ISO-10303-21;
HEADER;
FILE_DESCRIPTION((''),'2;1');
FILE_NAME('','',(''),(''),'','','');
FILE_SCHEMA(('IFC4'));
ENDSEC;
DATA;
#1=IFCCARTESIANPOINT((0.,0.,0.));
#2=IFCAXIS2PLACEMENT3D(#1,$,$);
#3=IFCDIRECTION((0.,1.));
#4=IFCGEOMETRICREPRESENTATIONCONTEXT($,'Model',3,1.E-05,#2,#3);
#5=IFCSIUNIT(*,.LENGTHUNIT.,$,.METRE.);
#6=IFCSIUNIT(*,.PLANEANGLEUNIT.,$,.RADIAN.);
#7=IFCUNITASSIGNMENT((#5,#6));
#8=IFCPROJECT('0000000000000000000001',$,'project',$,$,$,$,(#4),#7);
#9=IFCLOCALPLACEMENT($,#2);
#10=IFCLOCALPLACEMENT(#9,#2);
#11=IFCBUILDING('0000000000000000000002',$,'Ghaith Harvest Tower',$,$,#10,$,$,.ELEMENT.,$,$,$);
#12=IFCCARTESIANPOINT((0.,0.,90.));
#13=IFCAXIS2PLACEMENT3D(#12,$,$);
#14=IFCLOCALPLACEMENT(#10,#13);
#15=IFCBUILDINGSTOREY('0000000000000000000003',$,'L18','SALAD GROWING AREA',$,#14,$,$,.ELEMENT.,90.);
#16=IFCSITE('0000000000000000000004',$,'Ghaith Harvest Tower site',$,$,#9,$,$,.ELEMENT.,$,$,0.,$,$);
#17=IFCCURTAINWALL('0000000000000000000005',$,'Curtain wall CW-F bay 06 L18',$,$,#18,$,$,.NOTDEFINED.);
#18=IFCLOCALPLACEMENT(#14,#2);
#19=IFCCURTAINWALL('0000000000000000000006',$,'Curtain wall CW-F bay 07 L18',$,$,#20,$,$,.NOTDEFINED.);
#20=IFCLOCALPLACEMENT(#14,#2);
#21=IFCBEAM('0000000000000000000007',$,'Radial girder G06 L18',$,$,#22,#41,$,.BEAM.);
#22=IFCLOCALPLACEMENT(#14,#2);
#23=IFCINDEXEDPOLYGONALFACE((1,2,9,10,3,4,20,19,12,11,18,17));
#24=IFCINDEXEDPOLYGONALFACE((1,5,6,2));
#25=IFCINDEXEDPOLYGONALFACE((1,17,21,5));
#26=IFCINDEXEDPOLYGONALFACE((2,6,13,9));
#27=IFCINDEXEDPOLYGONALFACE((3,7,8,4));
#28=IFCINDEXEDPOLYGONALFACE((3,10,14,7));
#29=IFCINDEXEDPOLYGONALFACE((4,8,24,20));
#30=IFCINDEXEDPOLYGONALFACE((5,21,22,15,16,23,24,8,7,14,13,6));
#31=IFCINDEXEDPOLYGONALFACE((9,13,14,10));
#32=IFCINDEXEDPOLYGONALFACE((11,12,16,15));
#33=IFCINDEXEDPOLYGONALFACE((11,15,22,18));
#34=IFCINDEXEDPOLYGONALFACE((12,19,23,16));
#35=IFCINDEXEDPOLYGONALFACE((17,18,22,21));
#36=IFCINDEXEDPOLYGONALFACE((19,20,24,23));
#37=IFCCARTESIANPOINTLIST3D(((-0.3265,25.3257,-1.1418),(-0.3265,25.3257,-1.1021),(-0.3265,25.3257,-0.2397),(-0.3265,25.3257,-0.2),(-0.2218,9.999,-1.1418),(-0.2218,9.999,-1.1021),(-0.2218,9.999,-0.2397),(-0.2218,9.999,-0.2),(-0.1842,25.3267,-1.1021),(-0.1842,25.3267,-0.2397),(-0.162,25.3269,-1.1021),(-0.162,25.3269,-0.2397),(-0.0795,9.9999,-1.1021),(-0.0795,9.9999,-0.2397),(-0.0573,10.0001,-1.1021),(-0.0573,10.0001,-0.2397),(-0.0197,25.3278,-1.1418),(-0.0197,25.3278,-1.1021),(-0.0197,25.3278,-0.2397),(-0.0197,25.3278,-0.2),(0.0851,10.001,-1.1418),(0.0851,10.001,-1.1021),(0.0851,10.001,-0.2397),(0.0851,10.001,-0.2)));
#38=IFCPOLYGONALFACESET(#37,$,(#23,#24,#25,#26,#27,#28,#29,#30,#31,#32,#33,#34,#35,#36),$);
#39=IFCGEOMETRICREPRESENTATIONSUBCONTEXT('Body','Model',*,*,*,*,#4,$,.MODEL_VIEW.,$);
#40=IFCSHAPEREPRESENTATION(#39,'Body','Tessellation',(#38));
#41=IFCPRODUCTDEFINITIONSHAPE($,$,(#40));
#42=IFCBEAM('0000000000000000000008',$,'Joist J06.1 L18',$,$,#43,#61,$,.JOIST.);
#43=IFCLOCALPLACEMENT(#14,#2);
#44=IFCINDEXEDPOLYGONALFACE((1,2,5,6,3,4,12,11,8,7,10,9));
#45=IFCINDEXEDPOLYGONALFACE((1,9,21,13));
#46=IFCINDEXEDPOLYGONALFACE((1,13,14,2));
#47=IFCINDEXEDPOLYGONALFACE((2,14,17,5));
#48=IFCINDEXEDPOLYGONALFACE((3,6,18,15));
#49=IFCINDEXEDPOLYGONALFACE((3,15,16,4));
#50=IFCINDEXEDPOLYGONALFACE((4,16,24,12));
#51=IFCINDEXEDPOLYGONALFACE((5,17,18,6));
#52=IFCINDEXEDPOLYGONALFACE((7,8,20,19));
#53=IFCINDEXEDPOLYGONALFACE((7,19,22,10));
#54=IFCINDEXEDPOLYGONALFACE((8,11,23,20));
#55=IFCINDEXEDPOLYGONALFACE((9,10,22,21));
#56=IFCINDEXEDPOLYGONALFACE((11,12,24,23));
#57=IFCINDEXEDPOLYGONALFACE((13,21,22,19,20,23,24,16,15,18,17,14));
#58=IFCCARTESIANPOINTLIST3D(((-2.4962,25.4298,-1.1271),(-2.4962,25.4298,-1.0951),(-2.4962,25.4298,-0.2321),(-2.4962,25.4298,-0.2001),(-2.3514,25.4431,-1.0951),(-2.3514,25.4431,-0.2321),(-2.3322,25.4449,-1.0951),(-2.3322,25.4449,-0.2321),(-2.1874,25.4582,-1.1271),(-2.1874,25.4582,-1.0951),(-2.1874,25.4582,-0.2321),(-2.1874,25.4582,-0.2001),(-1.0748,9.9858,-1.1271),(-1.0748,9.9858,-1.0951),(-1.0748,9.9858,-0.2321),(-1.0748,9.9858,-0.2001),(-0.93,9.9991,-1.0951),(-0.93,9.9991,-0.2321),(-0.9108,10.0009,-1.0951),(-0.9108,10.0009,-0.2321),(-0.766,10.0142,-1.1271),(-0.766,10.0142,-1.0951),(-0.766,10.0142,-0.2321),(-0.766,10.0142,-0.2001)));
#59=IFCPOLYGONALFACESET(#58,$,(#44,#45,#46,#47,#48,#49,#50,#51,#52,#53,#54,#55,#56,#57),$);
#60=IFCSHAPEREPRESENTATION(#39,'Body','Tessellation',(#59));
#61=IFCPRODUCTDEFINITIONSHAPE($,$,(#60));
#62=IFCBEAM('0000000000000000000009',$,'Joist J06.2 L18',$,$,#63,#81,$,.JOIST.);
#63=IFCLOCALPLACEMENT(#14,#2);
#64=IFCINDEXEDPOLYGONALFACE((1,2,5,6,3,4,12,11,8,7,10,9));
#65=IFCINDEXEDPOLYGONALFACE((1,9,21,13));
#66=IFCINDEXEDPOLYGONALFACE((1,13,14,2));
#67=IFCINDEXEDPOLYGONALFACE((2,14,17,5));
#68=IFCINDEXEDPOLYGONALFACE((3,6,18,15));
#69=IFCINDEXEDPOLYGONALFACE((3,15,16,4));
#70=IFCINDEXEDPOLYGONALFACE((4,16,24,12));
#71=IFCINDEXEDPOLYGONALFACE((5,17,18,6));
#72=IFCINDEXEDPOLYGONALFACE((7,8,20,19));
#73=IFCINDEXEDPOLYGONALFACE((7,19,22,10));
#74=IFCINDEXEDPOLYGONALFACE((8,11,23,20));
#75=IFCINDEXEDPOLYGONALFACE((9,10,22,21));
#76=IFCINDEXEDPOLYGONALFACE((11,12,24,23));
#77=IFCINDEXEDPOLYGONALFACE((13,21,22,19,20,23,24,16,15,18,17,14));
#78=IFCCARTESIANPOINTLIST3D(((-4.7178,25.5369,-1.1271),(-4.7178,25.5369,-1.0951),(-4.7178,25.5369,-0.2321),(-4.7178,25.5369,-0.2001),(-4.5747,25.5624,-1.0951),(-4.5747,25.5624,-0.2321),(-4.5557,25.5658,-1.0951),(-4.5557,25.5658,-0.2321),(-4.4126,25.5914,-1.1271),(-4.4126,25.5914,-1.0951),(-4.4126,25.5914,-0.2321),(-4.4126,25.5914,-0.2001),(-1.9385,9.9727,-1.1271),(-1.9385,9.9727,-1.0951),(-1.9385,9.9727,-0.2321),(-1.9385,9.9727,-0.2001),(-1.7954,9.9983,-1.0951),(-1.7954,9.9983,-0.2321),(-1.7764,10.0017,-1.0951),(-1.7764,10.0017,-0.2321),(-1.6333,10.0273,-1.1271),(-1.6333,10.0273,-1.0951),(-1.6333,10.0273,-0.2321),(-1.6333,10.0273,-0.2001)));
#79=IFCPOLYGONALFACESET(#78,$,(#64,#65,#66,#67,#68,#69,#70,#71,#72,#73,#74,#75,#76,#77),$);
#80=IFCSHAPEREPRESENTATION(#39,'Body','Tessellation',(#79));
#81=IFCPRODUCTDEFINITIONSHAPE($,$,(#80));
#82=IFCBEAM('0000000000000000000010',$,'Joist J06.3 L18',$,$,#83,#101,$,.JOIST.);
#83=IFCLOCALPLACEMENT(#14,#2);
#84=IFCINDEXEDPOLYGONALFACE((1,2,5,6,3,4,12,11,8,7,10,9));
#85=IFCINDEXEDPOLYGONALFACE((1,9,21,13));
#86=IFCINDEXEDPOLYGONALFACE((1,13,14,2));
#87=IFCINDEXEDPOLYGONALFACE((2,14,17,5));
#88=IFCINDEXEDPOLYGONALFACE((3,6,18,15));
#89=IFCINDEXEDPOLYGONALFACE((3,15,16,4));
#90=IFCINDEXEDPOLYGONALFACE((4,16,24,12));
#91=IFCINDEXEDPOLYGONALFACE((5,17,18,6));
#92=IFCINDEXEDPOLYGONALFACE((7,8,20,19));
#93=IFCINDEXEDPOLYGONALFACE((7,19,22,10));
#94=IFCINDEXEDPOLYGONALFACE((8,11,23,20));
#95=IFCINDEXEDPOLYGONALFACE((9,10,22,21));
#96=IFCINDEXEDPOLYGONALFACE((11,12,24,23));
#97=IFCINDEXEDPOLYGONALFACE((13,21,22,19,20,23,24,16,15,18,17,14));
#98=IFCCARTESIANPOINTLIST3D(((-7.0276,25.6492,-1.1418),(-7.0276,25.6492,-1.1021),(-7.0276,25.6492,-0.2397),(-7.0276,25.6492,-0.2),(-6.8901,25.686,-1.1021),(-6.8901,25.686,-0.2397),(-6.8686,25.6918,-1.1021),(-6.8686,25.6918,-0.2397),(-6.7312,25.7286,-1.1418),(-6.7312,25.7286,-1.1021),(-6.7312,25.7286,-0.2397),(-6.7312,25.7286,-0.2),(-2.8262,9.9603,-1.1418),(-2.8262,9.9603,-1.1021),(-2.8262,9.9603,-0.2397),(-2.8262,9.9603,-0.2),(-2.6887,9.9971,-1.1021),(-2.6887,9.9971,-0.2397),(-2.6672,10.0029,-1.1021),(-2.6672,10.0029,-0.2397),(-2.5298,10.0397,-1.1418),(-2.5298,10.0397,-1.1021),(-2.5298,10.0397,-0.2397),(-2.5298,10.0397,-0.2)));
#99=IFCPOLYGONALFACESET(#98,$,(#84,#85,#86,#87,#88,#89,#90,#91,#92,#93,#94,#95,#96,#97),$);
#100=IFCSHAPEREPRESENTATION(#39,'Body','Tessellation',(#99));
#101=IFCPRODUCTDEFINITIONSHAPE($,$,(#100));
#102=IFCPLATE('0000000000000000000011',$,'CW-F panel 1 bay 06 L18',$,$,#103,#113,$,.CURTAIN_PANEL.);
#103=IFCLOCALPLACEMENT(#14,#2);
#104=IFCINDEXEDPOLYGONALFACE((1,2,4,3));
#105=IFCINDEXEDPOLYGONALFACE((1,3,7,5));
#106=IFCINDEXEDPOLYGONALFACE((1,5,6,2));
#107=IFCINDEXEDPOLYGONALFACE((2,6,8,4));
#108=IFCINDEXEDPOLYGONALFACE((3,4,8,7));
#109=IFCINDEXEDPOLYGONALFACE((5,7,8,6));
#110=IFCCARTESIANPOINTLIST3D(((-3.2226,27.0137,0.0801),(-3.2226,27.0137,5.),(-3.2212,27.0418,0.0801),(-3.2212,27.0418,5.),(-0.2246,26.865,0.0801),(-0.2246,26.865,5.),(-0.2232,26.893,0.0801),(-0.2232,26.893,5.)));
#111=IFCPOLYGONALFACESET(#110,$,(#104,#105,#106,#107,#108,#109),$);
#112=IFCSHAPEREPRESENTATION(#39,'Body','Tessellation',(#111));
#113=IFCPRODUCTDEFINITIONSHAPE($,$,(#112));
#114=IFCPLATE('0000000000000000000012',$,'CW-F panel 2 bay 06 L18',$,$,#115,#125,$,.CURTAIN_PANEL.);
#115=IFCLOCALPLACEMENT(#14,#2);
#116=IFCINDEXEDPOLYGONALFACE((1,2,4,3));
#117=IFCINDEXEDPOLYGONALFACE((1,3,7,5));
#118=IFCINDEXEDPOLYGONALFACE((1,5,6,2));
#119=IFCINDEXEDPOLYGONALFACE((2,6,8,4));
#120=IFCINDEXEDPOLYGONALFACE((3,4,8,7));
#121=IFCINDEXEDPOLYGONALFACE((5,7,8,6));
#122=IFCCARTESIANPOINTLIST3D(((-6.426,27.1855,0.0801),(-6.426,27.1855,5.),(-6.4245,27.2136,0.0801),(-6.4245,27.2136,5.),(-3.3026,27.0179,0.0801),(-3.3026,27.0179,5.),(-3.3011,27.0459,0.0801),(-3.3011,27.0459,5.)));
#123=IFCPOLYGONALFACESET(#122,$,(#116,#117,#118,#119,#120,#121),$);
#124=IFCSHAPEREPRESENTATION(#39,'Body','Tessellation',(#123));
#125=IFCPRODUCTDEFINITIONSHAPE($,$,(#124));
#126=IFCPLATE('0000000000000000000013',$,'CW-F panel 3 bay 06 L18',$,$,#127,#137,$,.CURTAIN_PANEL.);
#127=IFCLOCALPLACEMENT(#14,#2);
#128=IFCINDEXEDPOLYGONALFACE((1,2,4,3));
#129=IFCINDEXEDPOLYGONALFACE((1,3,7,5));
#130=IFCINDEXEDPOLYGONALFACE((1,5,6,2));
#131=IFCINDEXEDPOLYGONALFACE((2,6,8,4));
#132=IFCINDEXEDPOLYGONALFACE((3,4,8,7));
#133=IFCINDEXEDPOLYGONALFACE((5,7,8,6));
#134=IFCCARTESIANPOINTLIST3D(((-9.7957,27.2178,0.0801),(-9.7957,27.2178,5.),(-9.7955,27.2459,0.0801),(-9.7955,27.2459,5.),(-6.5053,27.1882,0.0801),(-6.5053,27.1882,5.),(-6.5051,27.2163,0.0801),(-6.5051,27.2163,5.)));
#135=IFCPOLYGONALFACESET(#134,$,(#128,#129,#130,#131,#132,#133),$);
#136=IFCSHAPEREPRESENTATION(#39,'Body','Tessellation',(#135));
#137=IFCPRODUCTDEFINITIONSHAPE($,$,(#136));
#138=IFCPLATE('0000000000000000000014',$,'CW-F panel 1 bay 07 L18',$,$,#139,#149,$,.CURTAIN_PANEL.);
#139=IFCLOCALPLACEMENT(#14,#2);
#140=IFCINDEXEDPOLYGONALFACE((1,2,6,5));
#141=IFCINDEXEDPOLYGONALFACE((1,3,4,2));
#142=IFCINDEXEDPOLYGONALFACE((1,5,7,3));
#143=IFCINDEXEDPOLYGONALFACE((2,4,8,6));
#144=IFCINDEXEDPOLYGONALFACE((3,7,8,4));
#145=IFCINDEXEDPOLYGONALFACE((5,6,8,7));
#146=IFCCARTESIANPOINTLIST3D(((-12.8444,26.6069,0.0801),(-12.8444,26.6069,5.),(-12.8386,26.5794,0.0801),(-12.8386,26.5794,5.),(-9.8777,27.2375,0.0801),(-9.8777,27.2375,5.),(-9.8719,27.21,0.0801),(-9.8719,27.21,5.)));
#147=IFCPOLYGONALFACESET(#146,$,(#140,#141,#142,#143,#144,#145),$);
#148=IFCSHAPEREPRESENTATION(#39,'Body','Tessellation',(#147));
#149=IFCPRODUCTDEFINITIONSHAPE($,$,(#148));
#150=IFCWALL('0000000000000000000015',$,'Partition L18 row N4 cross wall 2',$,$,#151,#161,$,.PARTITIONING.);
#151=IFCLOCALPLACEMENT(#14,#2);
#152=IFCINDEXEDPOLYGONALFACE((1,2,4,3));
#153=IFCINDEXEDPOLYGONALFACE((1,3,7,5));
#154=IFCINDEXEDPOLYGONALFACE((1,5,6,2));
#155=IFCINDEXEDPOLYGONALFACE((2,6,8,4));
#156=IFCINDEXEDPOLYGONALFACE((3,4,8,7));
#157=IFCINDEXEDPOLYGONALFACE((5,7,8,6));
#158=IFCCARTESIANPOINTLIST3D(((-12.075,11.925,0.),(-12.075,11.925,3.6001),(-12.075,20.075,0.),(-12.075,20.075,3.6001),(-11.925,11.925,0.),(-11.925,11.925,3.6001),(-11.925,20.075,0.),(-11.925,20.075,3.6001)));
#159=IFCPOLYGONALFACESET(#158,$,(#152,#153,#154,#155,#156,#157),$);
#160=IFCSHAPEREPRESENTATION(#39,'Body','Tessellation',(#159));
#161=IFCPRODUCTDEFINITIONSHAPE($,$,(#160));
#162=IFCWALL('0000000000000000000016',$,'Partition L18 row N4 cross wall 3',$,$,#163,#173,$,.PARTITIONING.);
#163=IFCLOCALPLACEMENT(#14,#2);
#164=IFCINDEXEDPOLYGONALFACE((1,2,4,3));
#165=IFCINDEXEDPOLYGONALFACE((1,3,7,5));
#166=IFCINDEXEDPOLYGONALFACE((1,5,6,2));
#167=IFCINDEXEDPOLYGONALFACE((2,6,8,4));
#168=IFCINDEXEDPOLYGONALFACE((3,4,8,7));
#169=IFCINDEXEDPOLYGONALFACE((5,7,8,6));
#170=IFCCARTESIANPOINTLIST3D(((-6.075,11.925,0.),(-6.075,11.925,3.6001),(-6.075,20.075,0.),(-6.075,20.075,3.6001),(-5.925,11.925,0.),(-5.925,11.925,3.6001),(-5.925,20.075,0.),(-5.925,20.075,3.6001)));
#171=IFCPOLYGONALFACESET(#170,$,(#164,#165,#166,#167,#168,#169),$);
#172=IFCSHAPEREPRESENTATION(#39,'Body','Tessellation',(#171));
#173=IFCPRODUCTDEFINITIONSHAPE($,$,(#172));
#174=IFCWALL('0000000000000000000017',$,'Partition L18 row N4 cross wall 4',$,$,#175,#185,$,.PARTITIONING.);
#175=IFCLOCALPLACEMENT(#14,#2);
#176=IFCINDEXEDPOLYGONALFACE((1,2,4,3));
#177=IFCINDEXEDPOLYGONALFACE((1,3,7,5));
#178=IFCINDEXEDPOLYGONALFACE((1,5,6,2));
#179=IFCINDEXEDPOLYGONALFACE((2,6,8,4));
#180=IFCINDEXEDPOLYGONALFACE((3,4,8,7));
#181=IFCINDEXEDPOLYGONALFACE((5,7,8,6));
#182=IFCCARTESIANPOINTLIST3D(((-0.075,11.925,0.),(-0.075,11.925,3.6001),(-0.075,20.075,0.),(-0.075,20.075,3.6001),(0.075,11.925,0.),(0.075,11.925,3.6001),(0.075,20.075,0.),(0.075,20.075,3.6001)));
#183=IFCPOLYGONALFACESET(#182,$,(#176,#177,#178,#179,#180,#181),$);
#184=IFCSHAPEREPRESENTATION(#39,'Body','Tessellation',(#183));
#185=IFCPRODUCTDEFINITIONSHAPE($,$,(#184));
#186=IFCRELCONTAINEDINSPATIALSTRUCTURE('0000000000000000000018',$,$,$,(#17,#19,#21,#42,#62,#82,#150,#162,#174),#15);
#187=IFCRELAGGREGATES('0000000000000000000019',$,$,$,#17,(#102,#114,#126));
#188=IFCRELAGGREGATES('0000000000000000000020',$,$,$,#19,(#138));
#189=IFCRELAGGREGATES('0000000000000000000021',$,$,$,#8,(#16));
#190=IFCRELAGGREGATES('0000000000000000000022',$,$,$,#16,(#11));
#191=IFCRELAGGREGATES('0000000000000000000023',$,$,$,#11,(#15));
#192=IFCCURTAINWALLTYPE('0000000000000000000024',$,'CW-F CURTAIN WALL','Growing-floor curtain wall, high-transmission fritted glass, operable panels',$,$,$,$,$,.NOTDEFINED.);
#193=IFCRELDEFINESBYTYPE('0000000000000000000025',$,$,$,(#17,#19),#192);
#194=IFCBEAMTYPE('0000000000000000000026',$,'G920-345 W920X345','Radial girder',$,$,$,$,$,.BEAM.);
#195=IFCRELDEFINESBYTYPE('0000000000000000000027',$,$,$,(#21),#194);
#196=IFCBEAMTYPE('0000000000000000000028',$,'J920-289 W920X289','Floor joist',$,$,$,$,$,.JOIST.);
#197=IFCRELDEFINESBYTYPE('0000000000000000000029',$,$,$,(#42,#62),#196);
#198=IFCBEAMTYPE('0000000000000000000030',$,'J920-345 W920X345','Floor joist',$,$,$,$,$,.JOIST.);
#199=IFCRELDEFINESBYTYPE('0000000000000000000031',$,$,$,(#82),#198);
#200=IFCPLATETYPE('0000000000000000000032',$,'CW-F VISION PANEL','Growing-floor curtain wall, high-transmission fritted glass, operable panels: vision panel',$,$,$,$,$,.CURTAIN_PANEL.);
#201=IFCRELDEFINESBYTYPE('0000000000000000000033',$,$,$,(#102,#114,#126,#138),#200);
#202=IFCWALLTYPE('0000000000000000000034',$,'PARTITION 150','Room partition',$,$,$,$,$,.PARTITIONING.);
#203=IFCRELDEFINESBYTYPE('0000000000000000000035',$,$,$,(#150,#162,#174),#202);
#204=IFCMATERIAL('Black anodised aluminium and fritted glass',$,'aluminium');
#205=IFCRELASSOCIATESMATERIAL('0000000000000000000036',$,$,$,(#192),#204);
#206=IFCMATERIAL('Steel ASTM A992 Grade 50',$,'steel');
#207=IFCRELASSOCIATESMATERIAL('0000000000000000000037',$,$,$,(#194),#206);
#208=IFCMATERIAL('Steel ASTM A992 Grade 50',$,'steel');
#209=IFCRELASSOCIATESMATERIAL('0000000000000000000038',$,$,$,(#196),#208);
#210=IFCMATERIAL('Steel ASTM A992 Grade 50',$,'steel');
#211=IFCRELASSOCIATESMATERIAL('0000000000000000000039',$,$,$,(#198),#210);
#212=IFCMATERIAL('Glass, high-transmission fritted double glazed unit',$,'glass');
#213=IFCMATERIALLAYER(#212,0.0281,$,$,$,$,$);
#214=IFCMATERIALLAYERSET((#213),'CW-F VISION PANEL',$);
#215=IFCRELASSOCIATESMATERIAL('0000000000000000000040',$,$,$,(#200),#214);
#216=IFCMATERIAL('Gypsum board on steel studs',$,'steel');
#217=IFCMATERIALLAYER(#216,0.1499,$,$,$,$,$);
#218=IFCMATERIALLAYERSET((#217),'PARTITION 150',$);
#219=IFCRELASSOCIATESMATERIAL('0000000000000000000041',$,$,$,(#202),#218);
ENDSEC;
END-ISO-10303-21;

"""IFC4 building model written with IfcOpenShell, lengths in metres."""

from ifc_helpers import new_model, si_unit, direction, frame, frame_2d, origin, origin_2d, place, context, subcontext, project, spatial, rectangle, i_section, extrude, material, layer, layer_set, material_profile, profile_set, type_object, element, aggregate, save


model = new_model("IFC4")

# Units and contexts
model_context = context("Model", 3, precision=1e-05, world=origin(), true_north=direction((0.0, 1.0)))
body_context = subcontext(model_context, "Body", "Model", "MODEL_VIEW")
ifc_project = project(units=[si_unit("LENGTHUNIT", "METRE"), si_unit("PLANEANGLEUNIT", "RADIAN")], contexts=[model_context])

# Site, building, storey
site_placement = place(None, origin())
site = spatial("IfcSite", under=ifc_project, at=site_placement, Name="Ghaith Harvest Tower site", CompositionType="ELEMENT", RefElevation=0.0)
building_placement = place(site_placement, origin())
building = spatial("IfcBuilding", under=site, at=building_placement, Name="Ghaith Harvest Tower", CompositionType="ELEMENT")
storey_placement = place(building_placement, frame((0.0, 0.0, 90.0)))
storey = spatial("IfcBuildingStorey", under=building, at=storey_placement, Name="L18", Description="SALAD GROWING AREA", CompositionType="ELEMENT", Elevation=90.0)

# Curtain wall
ifc_material_1 = material(Name="Black anodised aluminium and fritted glass", Category="aluminium")
curtain_wall_type = type_object("IfcCurtainWallType", Name="CW-F CURTAIN WALL", Description="Growing-floor curtain wall, high-transmission fritted glass, operable panels", PredefinedType="NOTDEFINED", material=ifc_material_1)
curtain_wall_1_placement = place(storey_placement, origin())
curtain_wall_1 = element("IfcCurtainWall", 1, at=curtain_wall_1_placement, inside=storey, type_object=curtain_wall_type, Name="Curtain wall CW-F bay 06 L18", PredefinedType="NOTDEFINED")

# Curtain wall
curtain_wall_2_placement = place(storey_placement, origin())
curtain_wall_2 = element("IfcCurtainWall", 2, at=curtain_wall_2_placement, inside=storey, type_object=curtain_wall_type, Name="Curtain wall CW-F bay 07 L18", PredefinedType="NOTDEFINED")

# Beams
ifc_material_2 = material(Name="Steel ASTM A992 Grade 50", Category="steel")
ifc_material_profile_1 = material_profile(ifc_material_2, i_section(OverallWidth=0.3069, OverallDepth=0.9419, WebThickness=0.0222, FlangeThickness=0.0398, at=origin_2d()), Name="W920X345")
ifc_profile_set_1 = profile_set([ifc_material_profile_1], Name="Steel ASTM A992 Grade 50")
beam_type_1 = type_object("IfcBeamType", Name="G920-345 W920X345", Description="Radial girder", PredefinedType="BEAM", material=ifc_profile_set_1)
beam_1_placement = place(storey_placement, frame((-0.0684, 10.0, -0.6709), z_axis=(-0.006833, 0.999977, 0.0), x_axis=(-0.999977, -0.006833, 0.0)))
element("IfcBeam", 3, at=beam_1_placement, inside=storey, type_object=beam_type_1, Name="Radial girder G06 L18", PredefinedType="BEAM", context=body_context, shape_type="SweptSolid", body=[
    extrude(i_section(OverallWidth=0.3069, OverallDepth=0.9419, WebThickness=0.0222, FlangeThickness=0.0398, at=origin_2d()), origin(), (0.0, 0.0, 1.0), 15.3271),
])
ifc_material_3 = material(Name="Steel ASTM A992 Grade 50", Category="steel")
ifc_material_profile_2 = material_profile(ifc_material_3, i_section(OverallWidth=0.3101, OverallDepth=0.927, WebThickness=0.0193, FlangeThickness=0.032, at=origin_2d()), Name="W920X289")
ifc_profile_set_2 = profile_set([ifc_material_profile_2], Name="Steel ASTM A992 Grade 50")
beam_type_2 = type_object("IfcBeamType", Name="J920-289 W920X289", Description="Floor joist", PredefinedType="JOIST", material=ifc_profile_set_2)
beam_2_placement = place(storey_placement, frame((-0.9204, 10.0, -0.6636), z_axis=(-0.091647, 0.995792, 0.0), x_axis=(-0.995792, -0.091647, 0.0)))
element("IfcBeam", 4, at=beam_2_placement, inside=storey, type_object=beam_type_2, Name="Joist J06.1 L18", PredefinedType="JOIST", context=body_context, shape_type="SweptSolid", body=[
    extrude(i_section(OverallWidth=0.3101, OverallDepth=0.927, WebThickness=0.0193, FlangeThickness=0.032, at=origin_2d()), origin(), (0.0, 0.0, 1.0), 15.5093),
])
beam_3_placement = place(storey_placement, frame((-1.7859, 10.0, -0.6636), z_axis=(-0.175789, 0.984428, 0.0), x_axis=(-0.984428, -0.175789, 0.0)))
element("IfcBeam", 5, at=beam_3_placement, inside=storey, type_object=beam_type_2, Name="Joist J06.2 L18", PredefinedType="JOIST", context=body_context, shape_type="SweptSolid", body=[
    extrude(i_section(OverallWidth=0.3101, OverallDepth=0.927, WebThickness=0.0193, FlangeThickness=0.032, at=origin_2d()), origin(), (0.0, 0.0, 1.0), 15.8103),
])
ifc_material_4 = material(Name="Steel ASTM A992 Grade 50", Category="steel")
ifc_material_profile_3 = material_profile(ifc_material_4, i_section(OverallWidth=0.3069, OverallDepth=0.9419, WebThickness=0.0222, FlangeThickness=0.0398, at=origin_2d()), Name="W920X345")
ifc_profile_set_3 = profile_set([ifc_material_profile_3], Name="Steel ASTM A992 Grade 50")
beam_type_3 = type_object("IfcBeamType", Name="J920-345 W920X345", Description="Floor joist", PredefinedType="JOIST", material=ifc_profile_set_3)
beam_4_placement = place(storey_placement, frame((-2.678, 10.0, -0.6709), z_axis=(-0.258679, 0.965963, 0.0), x_axis=(-0.965963, -0.258679, 0.0)))
element("IfcBeam", 6, at=beam_4_placement, inside=storey, type_object=beam_type_3, Name="Joist J06.3 L18", PredefinedType="JOIST", context=body_context, shape_type="SweptSolid", body=[
    extrude(i_section(OverallWidth=0.3069, OverallDepth=0.9419, WebThickness=0.0222, FlangeThickness=0.0398, at=origin_2d()), origin(), (0.0, 0.0, 1.0), 16.2417),
])

# Plates
ifc_material_5 = material(Name="Glass, high-transmission fritted double glazed unit", Category="glass")
ifc_layer_1 = layer(ifc_material_5, 0.0281)
ifc_layer_set_1 = layer_set([ifc_layer_1], Name="CW-F VISION PANEL")
plate_type = type_object("IfcPlateType", Name="CW-F VISION PANEL", Description="Growing-floor curtain wall, high-transmission fritted glass, operable panels: vision panel", PredefinedType="CURTAIN_PANEL", material=ifc_layer_set_1)
plate_1_placement = place(storey_placement, frame((-1.7229, 26.9534, 0.0801), z_axis=(0.0, 0.0, 1.0), x_axis=(-0.998771, 0.049554, 0.0)))
plate_1 = element("IfcPlate", 7, at=plate_1_placement, type_object=plate_type, Name="CW-F panel 1 bay 06 L18", PredefinedType="CURTAIN_PANEL", context=body_context, shape_type="SweptSolid", body=[
    extrude(rectangle(XDim=3.0017, YDim=0.0281, at=origin_2d()), origin(), (0.0, 0.0, 1.0), 4.9199),
])
plate_2_placement = place(storey_placement, frame((-4.8635, 27.1157, 0.0801), z_axis=(0.0, 0.0, 1.0), x_axis=(-0.998563, 0.0536, 0.0)))
plate_2 = element("IfcPlate", 8, at=plate_2_placement, type_object=plate_type, Name="CW-F panel 2 bay 06 L18", PredefinedType="CURTAIN_PANEL", context=body_context, shape_type="SweptSolid", body=[
    extrude(rectangle(XDim=3.1279, YDim=0.0281, at=origin_2d()), origin(), (0.0, 0.0, 1.0), 4.9199),
])
plate_3_placement = place(storey_placement, frame((-8.1504, 27.217, 0.0801), z_axis=(0.0, 0.0, 1.0), x_axis=(-0.99996, 0.008988, 0.0)))
plate_3 = element("IfcPlate", 9, at=plate_3_placement, type_object=plate_type, Name="CW-F panel 3 bay 06 L18", PredefinedType="CURTAIN_PANEL", context=body_context, shape_type="SweptSolid", body=[
    extrude(rectangle(XDim=3.2905, YDim=0.0281, at=origin_2d()), origin(), (0.0, 0.0, 1.0), 4.9199),
])
aggregate(curtain_wall_1, [plate_1, plate_2, plate_3])
plate_4_placement = place(storey_placement, frame((-11.3582, 26.9084, 0.0801), z_axis=(0.0, 0.0, 1.0), x_axis=(-0.978149, -0.207904, 0.0)))
plate_4 = element("IfcPlate", 10, at=plate_4_placement, type_object=plate_type, Name="CW-F panel 1 bay 07 L18", PredefinedType="CURTAIN_PANEL", context=body_context, shape_type="SweptSolid", body=[
    extrude(rectangle(XDim=3.033, YDim=0.0281, at=origin_2d()), origin(), (0.0, 0.0, 1.0), 4.9199),
])
aggregate(curtain_wall_2, [plate_4])

# Walls
ifc_material_6 = material(Name="Gypsum board on steel studs", Category="steel")
ifc_layer_2 = layer(ifc_material_6, 0.1499)
ifc_layer_set_2 = layer_set([ifc_layer_2], Name="PARTITION 150")
wall_type = type_object("IfcWallType", Name="PARTITION 150", Description="Room partition", PredefinedType="PARTITIONING", material=ifc_layer_set_2)
for number, where, z_axis, x_axis, name in (
    (11, (-12.0, 11.925, 0.0), (0.0, 0.0, 1.0), (0.0, 1.0, 0.0), "Partition L18 row N4 cross wall 2"),
    (12, (-6.0, 11.925, 0.0), (0.0, 0.0, 1.0), (0.0, 1.0, 0.0), "Partition L18 row N4 cross wall 3"),
    (13, (0.0, 11.925, 0.0), (0.0, 0.0, 1.0), (0.0, 1.0, 0.0), "Partition L18 row N4 cross wall 4"),
):
    element("IfcWall", number, at=place(storey_placement, frame(where, z_axis=z_axis, x_axis=x_axis)), inside=storey, type_object=wall_type, Name=name, PredefinedType="PARTITIONING", context=body_context, shape_type="SweptSolid", body=[
        extrude(rectangle(XDim=8.1499, YDim=0.1499, at=frame_2d((4.075, 0.0))), origin(), (0.0, 0.0, 1.0), 3.6001),
    ])

save(model, "model.ifc")
